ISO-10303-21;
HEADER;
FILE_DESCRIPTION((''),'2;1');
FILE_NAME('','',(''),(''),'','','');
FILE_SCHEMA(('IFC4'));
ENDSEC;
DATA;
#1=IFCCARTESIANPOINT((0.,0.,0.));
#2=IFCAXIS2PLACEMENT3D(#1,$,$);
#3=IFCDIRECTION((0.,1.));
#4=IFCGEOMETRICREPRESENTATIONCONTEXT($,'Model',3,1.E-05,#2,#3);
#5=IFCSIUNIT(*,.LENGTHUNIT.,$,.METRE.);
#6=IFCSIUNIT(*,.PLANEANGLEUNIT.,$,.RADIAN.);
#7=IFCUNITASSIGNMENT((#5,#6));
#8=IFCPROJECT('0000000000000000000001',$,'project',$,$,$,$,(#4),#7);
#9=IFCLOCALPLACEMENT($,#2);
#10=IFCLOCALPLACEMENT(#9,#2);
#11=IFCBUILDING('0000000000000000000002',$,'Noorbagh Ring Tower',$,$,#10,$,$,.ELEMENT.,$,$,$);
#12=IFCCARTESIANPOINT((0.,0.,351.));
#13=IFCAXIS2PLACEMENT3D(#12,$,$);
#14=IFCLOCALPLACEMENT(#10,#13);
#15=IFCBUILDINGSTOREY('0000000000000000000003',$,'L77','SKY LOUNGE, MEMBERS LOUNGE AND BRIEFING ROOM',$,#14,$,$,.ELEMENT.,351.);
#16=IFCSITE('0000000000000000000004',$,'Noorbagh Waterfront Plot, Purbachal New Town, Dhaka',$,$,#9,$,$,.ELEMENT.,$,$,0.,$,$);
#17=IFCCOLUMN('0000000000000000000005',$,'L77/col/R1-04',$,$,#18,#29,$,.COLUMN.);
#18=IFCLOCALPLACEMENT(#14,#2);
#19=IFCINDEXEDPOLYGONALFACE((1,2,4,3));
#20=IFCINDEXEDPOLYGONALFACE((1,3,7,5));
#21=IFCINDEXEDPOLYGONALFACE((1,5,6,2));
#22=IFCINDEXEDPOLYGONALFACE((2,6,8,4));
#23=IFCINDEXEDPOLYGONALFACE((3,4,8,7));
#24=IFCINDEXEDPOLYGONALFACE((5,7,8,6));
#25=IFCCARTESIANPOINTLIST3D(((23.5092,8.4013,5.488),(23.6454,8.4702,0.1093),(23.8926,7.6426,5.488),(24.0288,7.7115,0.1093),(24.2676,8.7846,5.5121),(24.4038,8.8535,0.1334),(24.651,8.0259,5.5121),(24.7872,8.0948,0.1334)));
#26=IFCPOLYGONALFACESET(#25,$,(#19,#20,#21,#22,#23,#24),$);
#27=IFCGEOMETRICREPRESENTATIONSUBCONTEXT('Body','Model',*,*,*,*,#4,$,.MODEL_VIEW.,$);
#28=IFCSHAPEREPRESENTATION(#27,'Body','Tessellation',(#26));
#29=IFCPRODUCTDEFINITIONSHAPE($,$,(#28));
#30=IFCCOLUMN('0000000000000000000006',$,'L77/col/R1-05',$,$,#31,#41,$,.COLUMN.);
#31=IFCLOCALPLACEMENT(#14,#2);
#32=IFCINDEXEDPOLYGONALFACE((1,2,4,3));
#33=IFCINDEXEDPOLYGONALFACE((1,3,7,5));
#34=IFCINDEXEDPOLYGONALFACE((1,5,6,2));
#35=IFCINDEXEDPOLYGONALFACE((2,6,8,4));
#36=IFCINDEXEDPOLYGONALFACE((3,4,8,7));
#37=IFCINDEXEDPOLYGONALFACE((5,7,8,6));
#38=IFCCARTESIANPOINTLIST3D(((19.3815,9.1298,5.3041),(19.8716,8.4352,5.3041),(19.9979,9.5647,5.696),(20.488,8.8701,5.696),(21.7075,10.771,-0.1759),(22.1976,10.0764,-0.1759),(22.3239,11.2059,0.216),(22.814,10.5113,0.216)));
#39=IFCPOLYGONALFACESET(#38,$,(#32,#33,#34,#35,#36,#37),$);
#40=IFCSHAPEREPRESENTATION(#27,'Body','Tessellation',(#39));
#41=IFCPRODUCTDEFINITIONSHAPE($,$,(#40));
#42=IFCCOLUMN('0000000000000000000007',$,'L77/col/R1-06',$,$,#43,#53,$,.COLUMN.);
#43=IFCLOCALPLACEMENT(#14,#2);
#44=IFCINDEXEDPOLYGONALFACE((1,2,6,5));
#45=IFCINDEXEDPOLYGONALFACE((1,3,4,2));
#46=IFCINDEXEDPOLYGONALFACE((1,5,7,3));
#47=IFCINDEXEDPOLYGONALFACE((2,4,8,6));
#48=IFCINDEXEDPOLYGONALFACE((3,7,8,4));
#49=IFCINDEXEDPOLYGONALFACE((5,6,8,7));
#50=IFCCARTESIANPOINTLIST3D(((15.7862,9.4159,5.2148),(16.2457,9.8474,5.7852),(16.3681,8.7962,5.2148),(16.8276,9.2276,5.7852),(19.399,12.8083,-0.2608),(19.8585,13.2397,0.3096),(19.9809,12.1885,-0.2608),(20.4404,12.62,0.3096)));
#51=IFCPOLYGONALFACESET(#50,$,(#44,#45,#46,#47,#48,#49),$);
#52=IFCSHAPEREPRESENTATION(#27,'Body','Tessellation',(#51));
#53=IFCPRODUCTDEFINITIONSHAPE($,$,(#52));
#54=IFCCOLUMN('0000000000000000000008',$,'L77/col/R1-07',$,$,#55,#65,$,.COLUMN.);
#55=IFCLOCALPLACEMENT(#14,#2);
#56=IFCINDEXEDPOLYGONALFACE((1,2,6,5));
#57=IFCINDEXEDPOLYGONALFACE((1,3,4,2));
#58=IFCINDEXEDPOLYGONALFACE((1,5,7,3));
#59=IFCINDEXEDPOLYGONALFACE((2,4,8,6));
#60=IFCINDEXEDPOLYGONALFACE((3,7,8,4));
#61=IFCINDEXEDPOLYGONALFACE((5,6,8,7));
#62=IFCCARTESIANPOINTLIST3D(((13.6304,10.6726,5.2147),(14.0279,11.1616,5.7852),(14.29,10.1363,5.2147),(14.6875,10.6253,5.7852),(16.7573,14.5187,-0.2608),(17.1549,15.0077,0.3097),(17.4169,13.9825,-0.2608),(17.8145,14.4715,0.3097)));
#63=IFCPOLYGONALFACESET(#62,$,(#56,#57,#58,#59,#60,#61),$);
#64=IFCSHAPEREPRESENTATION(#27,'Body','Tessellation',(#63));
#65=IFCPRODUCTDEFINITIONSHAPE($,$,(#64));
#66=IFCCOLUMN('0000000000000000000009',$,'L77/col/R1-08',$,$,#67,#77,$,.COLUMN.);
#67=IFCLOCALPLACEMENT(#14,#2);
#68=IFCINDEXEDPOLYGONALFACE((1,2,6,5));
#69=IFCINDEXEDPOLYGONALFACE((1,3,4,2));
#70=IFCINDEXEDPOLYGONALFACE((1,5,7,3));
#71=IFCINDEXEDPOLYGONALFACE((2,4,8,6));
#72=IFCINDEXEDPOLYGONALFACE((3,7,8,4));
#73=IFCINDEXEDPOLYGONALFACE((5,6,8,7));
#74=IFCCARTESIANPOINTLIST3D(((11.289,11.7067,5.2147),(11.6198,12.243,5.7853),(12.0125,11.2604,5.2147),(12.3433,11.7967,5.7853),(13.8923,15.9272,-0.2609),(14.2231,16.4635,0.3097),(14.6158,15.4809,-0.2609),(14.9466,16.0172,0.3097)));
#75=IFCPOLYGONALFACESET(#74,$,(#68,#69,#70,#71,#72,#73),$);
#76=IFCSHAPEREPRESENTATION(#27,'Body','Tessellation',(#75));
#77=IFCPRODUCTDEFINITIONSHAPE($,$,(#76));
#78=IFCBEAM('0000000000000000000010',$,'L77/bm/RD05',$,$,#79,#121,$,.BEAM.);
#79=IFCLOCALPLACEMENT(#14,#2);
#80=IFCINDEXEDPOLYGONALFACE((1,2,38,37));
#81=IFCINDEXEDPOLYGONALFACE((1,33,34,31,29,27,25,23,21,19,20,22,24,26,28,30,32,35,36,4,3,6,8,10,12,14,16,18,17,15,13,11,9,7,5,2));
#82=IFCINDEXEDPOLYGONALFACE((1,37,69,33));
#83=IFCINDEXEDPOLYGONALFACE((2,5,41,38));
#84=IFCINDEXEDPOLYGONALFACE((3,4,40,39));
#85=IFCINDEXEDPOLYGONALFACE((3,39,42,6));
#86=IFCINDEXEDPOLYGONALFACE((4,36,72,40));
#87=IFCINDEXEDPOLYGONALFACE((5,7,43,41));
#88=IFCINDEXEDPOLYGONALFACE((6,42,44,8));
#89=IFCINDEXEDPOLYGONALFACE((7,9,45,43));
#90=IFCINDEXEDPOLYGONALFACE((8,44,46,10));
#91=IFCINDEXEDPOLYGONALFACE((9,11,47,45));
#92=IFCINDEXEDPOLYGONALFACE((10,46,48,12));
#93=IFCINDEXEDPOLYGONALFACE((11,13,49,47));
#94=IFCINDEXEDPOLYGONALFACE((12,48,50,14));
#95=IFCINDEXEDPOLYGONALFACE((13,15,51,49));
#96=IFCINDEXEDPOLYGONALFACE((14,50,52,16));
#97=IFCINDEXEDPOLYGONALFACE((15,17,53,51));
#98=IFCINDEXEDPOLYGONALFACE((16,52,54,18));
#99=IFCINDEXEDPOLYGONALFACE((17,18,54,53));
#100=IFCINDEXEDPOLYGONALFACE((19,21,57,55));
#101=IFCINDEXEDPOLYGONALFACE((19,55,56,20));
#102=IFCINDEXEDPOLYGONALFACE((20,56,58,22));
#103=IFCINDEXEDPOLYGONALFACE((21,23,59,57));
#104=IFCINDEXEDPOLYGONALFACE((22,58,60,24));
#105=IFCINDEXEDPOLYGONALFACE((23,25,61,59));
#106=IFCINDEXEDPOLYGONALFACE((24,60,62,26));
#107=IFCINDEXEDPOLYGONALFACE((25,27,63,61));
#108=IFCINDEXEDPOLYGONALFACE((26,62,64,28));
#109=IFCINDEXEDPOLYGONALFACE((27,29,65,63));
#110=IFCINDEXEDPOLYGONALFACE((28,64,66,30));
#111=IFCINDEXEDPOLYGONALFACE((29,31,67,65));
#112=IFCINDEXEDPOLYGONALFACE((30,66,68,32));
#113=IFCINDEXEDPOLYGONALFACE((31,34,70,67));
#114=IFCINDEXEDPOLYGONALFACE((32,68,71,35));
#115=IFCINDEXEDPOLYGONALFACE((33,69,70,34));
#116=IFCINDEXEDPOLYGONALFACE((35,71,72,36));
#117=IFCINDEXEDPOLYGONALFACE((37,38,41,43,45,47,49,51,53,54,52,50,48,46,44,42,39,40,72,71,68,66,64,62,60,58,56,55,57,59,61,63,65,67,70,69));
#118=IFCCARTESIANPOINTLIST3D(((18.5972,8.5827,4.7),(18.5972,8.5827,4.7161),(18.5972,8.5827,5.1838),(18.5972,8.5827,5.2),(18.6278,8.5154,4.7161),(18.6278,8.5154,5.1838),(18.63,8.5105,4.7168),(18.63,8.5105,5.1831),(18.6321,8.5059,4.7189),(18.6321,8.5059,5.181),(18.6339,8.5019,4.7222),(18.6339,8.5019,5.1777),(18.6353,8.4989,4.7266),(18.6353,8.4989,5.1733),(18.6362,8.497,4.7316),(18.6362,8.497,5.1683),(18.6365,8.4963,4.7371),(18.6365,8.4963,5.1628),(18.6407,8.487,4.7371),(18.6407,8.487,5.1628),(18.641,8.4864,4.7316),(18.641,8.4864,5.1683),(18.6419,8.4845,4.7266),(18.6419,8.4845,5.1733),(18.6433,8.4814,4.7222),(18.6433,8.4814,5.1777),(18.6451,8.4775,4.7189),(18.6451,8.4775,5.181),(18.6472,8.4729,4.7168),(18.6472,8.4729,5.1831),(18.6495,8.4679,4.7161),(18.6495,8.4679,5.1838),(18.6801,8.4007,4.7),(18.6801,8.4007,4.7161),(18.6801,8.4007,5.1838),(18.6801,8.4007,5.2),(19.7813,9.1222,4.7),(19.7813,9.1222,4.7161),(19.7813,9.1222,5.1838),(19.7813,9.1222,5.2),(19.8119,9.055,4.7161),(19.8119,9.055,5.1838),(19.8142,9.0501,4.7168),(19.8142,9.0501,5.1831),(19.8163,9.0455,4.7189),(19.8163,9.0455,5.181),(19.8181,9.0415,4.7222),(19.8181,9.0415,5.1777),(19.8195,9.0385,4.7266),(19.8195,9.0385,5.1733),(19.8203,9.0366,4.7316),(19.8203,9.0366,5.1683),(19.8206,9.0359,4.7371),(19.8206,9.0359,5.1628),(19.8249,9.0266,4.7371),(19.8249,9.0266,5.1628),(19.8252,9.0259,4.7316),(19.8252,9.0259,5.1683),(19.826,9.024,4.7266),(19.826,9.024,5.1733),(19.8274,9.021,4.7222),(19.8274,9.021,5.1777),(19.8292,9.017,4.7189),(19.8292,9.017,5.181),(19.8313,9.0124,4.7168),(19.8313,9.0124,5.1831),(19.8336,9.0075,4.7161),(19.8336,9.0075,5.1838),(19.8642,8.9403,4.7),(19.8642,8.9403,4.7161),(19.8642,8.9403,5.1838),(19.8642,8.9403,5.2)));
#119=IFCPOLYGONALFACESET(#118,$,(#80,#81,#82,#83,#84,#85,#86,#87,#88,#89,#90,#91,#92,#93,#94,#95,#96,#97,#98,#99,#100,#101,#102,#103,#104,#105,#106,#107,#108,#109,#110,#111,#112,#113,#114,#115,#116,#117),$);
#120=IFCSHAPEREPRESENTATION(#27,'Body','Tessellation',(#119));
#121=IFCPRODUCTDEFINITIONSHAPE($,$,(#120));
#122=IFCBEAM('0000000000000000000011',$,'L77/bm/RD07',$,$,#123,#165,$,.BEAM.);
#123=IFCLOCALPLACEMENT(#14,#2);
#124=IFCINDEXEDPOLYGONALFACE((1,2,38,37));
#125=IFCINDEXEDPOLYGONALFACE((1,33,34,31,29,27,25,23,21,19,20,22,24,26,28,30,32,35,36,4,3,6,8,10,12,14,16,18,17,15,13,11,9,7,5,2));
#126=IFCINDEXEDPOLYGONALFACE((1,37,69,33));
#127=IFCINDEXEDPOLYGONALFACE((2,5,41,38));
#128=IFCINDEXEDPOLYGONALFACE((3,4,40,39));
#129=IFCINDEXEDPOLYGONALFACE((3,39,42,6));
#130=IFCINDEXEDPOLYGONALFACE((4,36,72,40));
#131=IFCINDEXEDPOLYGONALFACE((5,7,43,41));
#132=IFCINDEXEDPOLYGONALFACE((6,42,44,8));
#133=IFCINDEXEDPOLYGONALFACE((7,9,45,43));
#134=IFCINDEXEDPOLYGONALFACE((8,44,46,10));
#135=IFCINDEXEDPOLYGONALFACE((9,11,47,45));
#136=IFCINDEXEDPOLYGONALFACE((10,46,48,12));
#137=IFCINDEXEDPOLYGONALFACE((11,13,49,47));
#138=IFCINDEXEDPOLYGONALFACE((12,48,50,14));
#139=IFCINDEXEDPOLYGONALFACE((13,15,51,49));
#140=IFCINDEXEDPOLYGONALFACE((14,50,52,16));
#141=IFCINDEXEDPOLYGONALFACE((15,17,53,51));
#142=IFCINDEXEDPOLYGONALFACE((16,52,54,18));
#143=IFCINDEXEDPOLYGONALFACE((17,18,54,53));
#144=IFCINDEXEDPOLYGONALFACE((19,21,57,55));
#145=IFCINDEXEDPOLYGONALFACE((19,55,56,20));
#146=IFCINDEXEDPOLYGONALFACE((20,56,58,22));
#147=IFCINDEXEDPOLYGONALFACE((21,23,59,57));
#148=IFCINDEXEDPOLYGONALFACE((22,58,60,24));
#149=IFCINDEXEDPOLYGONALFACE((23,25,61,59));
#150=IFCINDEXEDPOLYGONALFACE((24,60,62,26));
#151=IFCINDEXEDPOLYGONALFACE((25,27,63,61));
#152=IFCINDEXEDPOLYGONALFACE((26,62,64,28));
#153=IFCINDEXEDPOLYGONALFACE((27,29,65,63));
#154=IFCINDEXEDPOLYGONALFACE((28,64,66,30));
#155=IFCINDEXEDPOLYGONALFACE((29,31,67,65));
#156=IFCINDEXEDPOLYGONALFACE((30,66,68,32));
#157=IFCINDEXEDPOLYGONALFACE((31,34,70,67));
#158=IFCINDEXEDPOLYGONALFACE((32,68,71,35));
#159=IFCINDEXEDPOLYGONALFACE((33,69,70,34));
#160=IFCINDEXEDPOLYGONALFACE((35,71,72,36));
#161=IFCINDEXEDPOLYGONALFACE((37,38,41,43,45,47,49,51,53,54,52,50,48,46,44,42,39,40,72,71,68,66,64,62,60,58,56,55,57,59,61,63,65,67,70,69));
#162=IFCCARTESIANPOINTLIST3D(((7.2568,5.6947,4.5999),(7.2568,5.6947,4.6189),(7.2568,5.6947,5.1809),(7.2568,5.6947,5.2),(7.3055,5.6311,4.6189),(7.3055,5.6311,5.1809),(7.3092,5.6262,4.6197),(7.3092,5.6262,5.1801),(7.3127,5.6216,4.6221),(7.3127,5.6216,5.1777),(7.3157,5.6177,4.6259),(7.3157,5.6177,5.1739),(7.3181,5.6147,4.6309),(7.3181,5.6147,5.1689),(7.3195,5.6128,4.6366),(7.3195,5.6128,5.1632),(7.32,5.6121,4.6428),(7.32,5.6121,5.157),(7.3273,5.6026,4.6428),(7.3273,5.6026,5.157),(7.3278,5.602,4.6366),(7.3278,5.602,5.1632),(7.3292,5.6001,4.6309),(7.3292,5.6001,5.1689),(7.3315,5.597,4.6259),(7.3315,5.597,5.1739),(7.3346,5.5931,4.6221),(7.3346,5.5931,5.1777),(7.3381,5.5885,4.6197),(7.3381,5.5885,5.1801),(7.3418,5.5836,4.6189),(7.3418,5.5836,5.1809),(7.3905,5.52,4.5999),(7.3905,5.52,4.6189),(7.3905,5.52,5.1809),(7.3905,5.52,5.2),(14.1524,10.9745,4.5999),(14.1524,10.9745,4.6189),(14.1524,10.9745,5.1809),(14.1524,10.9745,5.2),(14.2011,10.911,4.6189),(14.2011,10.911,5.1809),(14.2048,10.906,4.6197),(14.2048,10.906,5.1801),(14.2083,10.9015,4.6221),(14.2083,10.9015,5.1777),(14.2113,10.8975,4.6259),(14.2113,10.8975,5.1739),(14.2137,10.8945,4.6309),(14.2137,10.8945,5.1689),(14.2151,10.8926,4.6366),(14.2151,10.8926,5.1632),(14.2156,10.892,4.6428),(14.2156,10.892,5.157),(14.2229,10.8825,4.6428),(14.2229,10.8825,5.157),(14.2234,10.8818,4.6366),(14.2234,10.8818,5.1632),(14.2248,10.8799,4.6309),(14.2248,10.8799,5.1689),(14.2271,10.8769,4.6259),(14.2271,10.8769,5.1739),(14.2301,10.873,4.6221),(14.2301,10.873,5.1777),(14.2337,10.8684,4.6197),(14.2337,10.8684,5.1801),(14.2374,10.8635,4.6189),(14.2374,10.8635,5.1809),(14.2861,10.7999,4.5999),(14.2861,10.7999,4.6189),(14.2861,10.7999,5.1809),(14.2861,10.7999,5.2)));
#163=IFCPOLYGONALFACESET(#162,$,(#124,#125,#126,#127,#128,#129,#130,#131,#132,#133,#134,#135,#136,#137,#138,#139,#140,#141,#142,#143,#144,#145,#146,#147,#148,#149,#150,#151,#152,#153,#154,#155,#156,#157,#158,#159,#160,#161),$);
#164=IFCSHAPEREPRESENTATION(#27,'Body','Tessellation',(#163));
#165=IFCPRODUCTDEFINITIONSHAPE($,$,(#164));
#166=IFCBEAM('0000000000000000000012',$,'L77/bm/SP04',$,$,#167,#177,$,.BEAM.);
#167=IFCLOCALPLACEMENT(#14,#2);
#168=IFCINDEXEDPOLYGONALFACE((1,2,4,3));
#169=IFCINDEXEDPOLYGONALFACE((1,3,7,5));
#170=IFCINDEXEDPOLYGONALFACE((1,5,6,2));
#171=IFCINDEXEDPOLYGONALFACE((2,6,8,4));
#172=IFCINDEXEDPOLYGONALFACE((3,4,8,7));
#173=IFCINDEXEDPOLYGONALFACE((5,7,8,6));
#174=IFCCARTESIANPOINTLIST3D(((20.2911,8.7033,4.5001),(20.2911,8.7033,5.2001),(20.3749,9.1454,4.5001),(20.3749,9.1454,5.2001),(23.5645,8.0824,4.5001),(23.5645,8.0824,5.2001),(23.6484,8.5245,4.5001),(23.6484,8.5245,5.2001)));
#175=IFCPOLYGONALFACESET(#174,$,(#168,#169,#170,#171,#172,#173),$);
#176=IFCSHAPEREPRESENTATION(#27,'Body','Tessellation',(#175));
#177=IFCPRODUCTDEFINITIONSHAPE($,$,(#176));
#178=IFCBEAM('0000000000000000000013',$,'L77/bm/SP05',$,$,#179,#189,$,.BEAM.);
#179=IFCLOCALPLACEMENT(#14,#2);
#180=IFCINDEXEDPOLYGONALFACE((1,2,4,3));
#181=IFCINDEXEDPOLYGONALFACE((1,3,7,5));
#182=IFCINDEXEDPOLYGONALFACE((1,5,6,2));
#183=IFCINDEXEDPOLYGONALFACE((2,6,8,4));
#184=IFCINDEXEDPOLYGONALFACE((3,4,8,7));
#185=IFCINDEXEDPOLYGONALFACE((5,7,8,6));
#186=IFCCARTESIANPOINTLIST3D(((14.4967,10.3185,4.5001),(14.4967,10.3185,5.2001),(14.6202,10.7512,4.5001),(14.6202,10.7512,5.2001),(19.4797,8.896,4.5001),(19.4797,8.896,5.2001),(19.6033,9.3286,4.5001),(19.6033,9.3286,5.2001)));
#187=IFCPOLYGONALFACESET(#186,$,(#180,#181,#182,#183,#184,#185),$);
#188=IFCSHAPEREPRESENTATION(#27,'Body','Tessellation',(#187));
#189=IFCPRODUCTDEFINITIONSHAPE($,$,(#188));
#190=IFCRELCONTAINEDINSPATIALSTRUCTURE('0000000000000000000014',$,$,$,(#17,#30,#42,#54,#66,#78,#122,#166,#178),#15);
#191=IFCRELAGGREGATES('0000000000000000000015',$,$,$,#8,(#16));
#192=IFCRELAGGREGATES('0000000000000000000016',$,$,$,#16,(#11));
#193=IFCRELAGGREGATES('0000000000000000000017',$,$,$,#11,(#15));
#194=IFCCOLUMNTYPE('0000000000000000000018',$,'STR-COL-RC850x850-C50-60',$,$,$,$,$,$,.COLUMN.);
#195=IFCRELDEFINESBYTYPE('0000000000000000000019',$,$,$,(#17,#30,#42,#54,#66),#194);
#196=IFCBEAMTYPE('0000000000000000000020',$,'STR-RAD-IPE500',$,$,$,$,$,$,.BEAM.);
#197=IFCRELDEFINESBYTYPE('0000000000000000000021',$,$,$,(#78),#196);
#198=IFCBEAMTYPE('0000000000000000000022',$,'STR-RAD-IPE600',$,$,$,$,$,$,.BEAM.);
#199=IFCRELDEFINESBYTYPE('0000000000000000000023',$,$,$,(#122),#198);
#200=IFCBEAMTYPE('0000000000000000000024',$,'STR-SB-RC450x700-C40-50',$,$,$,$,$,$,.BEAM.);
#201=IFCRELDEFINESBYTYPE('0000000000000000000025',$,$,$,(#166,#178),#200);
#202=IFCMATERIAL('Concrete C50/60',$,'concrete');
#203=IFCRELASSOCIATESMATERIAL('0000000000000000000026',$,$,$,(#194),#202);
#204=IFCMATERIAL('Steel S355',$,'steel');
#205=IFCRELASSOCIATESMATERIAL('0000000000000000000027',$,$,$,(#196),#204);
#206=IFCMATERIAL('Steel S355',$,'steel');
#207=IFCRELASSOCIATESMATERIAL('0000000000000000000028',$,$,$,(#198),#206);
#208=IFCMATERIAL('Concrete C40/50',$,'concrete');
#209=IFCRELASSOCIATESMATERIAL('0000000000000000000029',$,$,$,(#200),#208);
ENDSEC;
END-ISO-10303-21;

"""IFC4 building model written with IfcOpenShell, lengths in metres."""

from ifc_helpers import new_model, si_unit, direction, frame, origin, origin_2d, place, context, subcontext, project, spatial, rectangle, i_section, extrude, material, material_profile, profile_set, type_object, element, save


model = new_model("IFC4")

# Units and contexts
model_context = context("Model", 3, precision=1e-05, world=origin(), true_north=direction((0.0, 1.0)))
body_context = subcontext(model_context, "Body", "Model", "MODEL_VIEW")
ifc_project = project(units=[si_unit("LENGTHUNIT", "METRE"), si_unit("PLANEANGLEUNIT", "RADIAN")], contexts=[model_context])

# Site, building, storey
site_placement = place(None, origin())
site = spatial("IfcSite", under=ifc_project, at=site_placement, Name="Noorbagh Waterfront Plot, Purbachal New Town, Dhaka", CompositionType="ELEMENT", RefElevation=0.0)
building_placement = place(site_placement, origin())
building = spatial("IfcBuilding", under=site, at=building_placement, Name="Noorbagh Ring Tower", CompositionType="ELEMENT")
storey_placement = place(building_placement, frame((0.0, 0.0, 351.0)))
storey = spatial("IfcBuildingStorey", under=building, at=storey_placement, Name="L77", Description="SKY LOUNGE, MEMBERS LOUNGE AND BRIEFING ROOM", CompositionType="ELEMENT", Elevation=351.0)

# Columns
ifc_material_1 = material(Name="Concrete C50/60", Category="concrete")
ifc_material_profile_1 = material_profile(ifc_material_1, rectangle(XDim=0.8501, YDim=0.8501, at=origin_2d()), Name="RC850x850")
ifc_profile_set_1 = profile_set([ifc_material_profile_1], Name="Concrete C50/60")
column_type = type_object("IfcColumnType", Name="STR-COL-RC850x850-C50-60", PredefinedType="COLUMN", material=ifc_profile_set_1)
column_1_placement = place(storey_placement, frame((24.2163, 8.2825, 0.1213), z_axis=(-0.025318, -0.012795, 0.999598), x_axis=(0.451048, -0.8925, 0.0)))
element("IfcColumn", 1, at=column_1_placement, inside=storey, type_object=column_type, Name="L77/col/R1-04", PredefinedType="COLUMN", context=body_context, shape_type="SweptSolid", body=[
    extrude(rectangle(XDim=0.8501, YDim=0.8501, at=origin_2d()), origin(), (0.0, 0.0, 1.0), 5.3809),
])
column_2_placement = place(storey_placement, frame((22.2607, 10.6411, 0.02), z_axis=(-0.376655, -0.265758, 0.887414), x_axis=(0.576515, -0.817087, 0.0)))
element("IfcColumn", 2, at=column_2_placement, inside=storey, type_object=column_type, Name="L77/col/R1-05", PredefinedType="COLUMN", context=body_context, shape_type="SweptSolid", body=[
    extrude(rectangle(XDim=0.8501, YDim=0.8501, at=origin_2d()), origin(), (0.0, 0.0, 1.0), 6.1753),
])
column_3_placement = place(storey_placement, frame((19.9197, 12.7141, 0.0244), z_axis=(-0.489189, -0.459338, 0.74142), x_axis=(0.684514, -0.728999, 0.0)))
element("IfcColumn", 3, at=column_3_placement, inside=storey, type_object=column_type, Name="L77/col/R1-06", PredefinedType="COLUMN", context=body_context, shape_type="SweptSolid", body=[
    extrude(rectangle(XDim=0.8501, YDim=0.8501, at=origin_2d()), origin(), (0.0, 0.0, 1.0), 7.3853),
])
column_4_placement = place(storey_placement, frame((17.2859, 14.4951, 0.0244), z_axis=(-0.423362, -0.52074, 0.741346), x_axis=(0.775924, -0.630826, 0.0)))
element("IfcColumn", 4, at=column_4_placement, inside=storey, type_object=column_type, Name="L77/col/R1-07", PredefinedType="COLUMN", context=body_context, shape_type="SweptSolid", body=[
    extrude(rectangle(XDim=0.8501, YDim=0.8501, at=origin_2d()), origin(), (0.0, 0.0, 1.0), 7.386),
])
column_5_placement = place(storey_placement, frame((14.4194, 15.9722, 0.0244), z_axis=(-0.352401, -0.571317, 0.741222), x_axis=(0.851112, -0.524984, 0.0)))
element("IfcColumn", 5, at=column_5_placement, inside=storey, type_object=column_type, Name="L77/col/R1-08", PredefinedType="COLUMN", context=body_context, shape_type="SweptSolid", body=[
    extrude(rectangle(XDim=0.8501, YDim=0.8501, at=origin_2d()), origin(), (0.0, 0.0, 1.0), 7.3872),
])

# Beams
ifc_material_2 = material(Name="Steel S355", Category="steel")
ifc_material_profile_2 = material_profile(ifc_material_2, i_section(OverallWidth=0.2, OverallDepth=0.5, WebThickness=0.0103, FlangeThickness=0.0161, FilletRadius=0.021, at=origin_2d()), Name="IPE500")
ifc_profile_set_2 = profile_set([ifc_material_profile_2], Name="Steel S355")
beam_type_1 = type_object("IfcBeamType", Name="STR-RAD-IPE500", PredefinedType="BEAM", material=ifc_profile_set_2)
beam_1_placement = place(storey_placement, frame((19.8228, 9.0312, 4.95), z_axis=(-0.909981, -0.414651, 0.0), x_axis=(0.414651, -0.909981, 0.0)))
element("IfcBeam", 6, at=beam_1_placement, inside=storey, type_object=beam_type_1, Name="L77/bm/RD05", PredefinedType="BEAM", context=body_context, shape_type="SweptSolid", body=[
    extrude(i_section(OverallWidth=0.2, OverallDepth=0.5, WebThickness=0.0103, FlangeThickness=0.0161, FilletRadius=0.021, at=origin_2d()), origin(), (0.0, 0.0, 1.0), 1.3013),
])
ifc_material_3 = material(Name="Steel S355", Category="steel")
ifc_material_profile_3 = material_profile(ifc_material_3, i_section(OverallWidth=0.22, OverallDepth=0.6001, WebThickness=0.012, FlangeThickness=0.019, FilletRadius=0.0239, at=origin_2d()), Name="IPE600")
ifc_profile_set_3 = profile_set([ifc_material_profile_3], Name="Steel S355")
beam_type_2 = type_object("IfcBeamType", Name="STR-RAD-IPE600", PredefinedType="BEAM", material=ifc_profile_set_3)
beam_2_placement = place(storey_placement, frame((14.2192, 10.8872, 4.8999), z_axis=(-0.793983, -0.60794, 0.0), x_axis=(0.60794, -0.793983, 0.0)))
element("IfcBeam", 7, at=beam_2_placement, inside=storey, type_object=beam_type_2, Name="L77/bm/RD07", PredefinedType="BEAM", context=body_context, shape_type="SweptSolid", body=[
    extrude(i_section(OverallWidth=0.22, OverallDepth=0.6001, WebThickness=0.012, FlangeThickness=0.019, FilletRadius=0.0239, at=origin_2d()), origin(), (0.0, 0.0, 1.0), 8.6848),
])
ifc_material_4 = material(Name="Concrete C40/50", Category="concrete")
ifc_material_profile_4 = material_profile(ifc_material_4, rectangle(XDim=0.45, YDim=0.7, at=origin_2d()), Name="RC450x700")
ifc_profile_set_4 = profile_set([ifc_material_profile_4], Name="Concrete C40/50")
beam_type_3 = type_object("IfcBeamType", Name="STR-SB-RC450x700-C40-50", PredefinedType="BEAM", material=ifc_profile_set_4)
beam_3_placement = place(storey_placement, frame((23.6064, 8.3035, 4.8501), z_axis=(-0.982485, 0.186341, 0.0), x_axis=(-0.186341, -0.982485, 0.0)))
element("IfcBeam", 8, at=beam_3_placement, inside=storey, type_object=beam_type_3, Name="L77/bm/SP04", PredefinedType="BEAM", context=body_context, shape_type="SweptSolid", body=[
    extrude(rectangle(XDim=0.45, YDim=0.7, at=origin_2d()), origin(), (0.0, 0.0, 1.0), 3.3318),
])
beam_4_placement = place(storey_placement, frame((19.5415, 9.1123, 4.8501), z_axis=(-0.961583, 0.274516, 0.0), x_axis=(-0.274516, -0.961583, 0.0)))
element("IfcBeam", 9, at=beam_4_placement, inside=storey, type_object=beam_type_3, Name="L77/bm/SP05", PredefinedType="BEAM", context=body_context, shape_type="SweptSolid", body=[
    extrude(rectangle(XDim=0.45, YDim=0.7, at=origin_2d()), origin(), (0.0, 0.0, 1.0), 5.1821),
])

save(model, "model.ifc")
